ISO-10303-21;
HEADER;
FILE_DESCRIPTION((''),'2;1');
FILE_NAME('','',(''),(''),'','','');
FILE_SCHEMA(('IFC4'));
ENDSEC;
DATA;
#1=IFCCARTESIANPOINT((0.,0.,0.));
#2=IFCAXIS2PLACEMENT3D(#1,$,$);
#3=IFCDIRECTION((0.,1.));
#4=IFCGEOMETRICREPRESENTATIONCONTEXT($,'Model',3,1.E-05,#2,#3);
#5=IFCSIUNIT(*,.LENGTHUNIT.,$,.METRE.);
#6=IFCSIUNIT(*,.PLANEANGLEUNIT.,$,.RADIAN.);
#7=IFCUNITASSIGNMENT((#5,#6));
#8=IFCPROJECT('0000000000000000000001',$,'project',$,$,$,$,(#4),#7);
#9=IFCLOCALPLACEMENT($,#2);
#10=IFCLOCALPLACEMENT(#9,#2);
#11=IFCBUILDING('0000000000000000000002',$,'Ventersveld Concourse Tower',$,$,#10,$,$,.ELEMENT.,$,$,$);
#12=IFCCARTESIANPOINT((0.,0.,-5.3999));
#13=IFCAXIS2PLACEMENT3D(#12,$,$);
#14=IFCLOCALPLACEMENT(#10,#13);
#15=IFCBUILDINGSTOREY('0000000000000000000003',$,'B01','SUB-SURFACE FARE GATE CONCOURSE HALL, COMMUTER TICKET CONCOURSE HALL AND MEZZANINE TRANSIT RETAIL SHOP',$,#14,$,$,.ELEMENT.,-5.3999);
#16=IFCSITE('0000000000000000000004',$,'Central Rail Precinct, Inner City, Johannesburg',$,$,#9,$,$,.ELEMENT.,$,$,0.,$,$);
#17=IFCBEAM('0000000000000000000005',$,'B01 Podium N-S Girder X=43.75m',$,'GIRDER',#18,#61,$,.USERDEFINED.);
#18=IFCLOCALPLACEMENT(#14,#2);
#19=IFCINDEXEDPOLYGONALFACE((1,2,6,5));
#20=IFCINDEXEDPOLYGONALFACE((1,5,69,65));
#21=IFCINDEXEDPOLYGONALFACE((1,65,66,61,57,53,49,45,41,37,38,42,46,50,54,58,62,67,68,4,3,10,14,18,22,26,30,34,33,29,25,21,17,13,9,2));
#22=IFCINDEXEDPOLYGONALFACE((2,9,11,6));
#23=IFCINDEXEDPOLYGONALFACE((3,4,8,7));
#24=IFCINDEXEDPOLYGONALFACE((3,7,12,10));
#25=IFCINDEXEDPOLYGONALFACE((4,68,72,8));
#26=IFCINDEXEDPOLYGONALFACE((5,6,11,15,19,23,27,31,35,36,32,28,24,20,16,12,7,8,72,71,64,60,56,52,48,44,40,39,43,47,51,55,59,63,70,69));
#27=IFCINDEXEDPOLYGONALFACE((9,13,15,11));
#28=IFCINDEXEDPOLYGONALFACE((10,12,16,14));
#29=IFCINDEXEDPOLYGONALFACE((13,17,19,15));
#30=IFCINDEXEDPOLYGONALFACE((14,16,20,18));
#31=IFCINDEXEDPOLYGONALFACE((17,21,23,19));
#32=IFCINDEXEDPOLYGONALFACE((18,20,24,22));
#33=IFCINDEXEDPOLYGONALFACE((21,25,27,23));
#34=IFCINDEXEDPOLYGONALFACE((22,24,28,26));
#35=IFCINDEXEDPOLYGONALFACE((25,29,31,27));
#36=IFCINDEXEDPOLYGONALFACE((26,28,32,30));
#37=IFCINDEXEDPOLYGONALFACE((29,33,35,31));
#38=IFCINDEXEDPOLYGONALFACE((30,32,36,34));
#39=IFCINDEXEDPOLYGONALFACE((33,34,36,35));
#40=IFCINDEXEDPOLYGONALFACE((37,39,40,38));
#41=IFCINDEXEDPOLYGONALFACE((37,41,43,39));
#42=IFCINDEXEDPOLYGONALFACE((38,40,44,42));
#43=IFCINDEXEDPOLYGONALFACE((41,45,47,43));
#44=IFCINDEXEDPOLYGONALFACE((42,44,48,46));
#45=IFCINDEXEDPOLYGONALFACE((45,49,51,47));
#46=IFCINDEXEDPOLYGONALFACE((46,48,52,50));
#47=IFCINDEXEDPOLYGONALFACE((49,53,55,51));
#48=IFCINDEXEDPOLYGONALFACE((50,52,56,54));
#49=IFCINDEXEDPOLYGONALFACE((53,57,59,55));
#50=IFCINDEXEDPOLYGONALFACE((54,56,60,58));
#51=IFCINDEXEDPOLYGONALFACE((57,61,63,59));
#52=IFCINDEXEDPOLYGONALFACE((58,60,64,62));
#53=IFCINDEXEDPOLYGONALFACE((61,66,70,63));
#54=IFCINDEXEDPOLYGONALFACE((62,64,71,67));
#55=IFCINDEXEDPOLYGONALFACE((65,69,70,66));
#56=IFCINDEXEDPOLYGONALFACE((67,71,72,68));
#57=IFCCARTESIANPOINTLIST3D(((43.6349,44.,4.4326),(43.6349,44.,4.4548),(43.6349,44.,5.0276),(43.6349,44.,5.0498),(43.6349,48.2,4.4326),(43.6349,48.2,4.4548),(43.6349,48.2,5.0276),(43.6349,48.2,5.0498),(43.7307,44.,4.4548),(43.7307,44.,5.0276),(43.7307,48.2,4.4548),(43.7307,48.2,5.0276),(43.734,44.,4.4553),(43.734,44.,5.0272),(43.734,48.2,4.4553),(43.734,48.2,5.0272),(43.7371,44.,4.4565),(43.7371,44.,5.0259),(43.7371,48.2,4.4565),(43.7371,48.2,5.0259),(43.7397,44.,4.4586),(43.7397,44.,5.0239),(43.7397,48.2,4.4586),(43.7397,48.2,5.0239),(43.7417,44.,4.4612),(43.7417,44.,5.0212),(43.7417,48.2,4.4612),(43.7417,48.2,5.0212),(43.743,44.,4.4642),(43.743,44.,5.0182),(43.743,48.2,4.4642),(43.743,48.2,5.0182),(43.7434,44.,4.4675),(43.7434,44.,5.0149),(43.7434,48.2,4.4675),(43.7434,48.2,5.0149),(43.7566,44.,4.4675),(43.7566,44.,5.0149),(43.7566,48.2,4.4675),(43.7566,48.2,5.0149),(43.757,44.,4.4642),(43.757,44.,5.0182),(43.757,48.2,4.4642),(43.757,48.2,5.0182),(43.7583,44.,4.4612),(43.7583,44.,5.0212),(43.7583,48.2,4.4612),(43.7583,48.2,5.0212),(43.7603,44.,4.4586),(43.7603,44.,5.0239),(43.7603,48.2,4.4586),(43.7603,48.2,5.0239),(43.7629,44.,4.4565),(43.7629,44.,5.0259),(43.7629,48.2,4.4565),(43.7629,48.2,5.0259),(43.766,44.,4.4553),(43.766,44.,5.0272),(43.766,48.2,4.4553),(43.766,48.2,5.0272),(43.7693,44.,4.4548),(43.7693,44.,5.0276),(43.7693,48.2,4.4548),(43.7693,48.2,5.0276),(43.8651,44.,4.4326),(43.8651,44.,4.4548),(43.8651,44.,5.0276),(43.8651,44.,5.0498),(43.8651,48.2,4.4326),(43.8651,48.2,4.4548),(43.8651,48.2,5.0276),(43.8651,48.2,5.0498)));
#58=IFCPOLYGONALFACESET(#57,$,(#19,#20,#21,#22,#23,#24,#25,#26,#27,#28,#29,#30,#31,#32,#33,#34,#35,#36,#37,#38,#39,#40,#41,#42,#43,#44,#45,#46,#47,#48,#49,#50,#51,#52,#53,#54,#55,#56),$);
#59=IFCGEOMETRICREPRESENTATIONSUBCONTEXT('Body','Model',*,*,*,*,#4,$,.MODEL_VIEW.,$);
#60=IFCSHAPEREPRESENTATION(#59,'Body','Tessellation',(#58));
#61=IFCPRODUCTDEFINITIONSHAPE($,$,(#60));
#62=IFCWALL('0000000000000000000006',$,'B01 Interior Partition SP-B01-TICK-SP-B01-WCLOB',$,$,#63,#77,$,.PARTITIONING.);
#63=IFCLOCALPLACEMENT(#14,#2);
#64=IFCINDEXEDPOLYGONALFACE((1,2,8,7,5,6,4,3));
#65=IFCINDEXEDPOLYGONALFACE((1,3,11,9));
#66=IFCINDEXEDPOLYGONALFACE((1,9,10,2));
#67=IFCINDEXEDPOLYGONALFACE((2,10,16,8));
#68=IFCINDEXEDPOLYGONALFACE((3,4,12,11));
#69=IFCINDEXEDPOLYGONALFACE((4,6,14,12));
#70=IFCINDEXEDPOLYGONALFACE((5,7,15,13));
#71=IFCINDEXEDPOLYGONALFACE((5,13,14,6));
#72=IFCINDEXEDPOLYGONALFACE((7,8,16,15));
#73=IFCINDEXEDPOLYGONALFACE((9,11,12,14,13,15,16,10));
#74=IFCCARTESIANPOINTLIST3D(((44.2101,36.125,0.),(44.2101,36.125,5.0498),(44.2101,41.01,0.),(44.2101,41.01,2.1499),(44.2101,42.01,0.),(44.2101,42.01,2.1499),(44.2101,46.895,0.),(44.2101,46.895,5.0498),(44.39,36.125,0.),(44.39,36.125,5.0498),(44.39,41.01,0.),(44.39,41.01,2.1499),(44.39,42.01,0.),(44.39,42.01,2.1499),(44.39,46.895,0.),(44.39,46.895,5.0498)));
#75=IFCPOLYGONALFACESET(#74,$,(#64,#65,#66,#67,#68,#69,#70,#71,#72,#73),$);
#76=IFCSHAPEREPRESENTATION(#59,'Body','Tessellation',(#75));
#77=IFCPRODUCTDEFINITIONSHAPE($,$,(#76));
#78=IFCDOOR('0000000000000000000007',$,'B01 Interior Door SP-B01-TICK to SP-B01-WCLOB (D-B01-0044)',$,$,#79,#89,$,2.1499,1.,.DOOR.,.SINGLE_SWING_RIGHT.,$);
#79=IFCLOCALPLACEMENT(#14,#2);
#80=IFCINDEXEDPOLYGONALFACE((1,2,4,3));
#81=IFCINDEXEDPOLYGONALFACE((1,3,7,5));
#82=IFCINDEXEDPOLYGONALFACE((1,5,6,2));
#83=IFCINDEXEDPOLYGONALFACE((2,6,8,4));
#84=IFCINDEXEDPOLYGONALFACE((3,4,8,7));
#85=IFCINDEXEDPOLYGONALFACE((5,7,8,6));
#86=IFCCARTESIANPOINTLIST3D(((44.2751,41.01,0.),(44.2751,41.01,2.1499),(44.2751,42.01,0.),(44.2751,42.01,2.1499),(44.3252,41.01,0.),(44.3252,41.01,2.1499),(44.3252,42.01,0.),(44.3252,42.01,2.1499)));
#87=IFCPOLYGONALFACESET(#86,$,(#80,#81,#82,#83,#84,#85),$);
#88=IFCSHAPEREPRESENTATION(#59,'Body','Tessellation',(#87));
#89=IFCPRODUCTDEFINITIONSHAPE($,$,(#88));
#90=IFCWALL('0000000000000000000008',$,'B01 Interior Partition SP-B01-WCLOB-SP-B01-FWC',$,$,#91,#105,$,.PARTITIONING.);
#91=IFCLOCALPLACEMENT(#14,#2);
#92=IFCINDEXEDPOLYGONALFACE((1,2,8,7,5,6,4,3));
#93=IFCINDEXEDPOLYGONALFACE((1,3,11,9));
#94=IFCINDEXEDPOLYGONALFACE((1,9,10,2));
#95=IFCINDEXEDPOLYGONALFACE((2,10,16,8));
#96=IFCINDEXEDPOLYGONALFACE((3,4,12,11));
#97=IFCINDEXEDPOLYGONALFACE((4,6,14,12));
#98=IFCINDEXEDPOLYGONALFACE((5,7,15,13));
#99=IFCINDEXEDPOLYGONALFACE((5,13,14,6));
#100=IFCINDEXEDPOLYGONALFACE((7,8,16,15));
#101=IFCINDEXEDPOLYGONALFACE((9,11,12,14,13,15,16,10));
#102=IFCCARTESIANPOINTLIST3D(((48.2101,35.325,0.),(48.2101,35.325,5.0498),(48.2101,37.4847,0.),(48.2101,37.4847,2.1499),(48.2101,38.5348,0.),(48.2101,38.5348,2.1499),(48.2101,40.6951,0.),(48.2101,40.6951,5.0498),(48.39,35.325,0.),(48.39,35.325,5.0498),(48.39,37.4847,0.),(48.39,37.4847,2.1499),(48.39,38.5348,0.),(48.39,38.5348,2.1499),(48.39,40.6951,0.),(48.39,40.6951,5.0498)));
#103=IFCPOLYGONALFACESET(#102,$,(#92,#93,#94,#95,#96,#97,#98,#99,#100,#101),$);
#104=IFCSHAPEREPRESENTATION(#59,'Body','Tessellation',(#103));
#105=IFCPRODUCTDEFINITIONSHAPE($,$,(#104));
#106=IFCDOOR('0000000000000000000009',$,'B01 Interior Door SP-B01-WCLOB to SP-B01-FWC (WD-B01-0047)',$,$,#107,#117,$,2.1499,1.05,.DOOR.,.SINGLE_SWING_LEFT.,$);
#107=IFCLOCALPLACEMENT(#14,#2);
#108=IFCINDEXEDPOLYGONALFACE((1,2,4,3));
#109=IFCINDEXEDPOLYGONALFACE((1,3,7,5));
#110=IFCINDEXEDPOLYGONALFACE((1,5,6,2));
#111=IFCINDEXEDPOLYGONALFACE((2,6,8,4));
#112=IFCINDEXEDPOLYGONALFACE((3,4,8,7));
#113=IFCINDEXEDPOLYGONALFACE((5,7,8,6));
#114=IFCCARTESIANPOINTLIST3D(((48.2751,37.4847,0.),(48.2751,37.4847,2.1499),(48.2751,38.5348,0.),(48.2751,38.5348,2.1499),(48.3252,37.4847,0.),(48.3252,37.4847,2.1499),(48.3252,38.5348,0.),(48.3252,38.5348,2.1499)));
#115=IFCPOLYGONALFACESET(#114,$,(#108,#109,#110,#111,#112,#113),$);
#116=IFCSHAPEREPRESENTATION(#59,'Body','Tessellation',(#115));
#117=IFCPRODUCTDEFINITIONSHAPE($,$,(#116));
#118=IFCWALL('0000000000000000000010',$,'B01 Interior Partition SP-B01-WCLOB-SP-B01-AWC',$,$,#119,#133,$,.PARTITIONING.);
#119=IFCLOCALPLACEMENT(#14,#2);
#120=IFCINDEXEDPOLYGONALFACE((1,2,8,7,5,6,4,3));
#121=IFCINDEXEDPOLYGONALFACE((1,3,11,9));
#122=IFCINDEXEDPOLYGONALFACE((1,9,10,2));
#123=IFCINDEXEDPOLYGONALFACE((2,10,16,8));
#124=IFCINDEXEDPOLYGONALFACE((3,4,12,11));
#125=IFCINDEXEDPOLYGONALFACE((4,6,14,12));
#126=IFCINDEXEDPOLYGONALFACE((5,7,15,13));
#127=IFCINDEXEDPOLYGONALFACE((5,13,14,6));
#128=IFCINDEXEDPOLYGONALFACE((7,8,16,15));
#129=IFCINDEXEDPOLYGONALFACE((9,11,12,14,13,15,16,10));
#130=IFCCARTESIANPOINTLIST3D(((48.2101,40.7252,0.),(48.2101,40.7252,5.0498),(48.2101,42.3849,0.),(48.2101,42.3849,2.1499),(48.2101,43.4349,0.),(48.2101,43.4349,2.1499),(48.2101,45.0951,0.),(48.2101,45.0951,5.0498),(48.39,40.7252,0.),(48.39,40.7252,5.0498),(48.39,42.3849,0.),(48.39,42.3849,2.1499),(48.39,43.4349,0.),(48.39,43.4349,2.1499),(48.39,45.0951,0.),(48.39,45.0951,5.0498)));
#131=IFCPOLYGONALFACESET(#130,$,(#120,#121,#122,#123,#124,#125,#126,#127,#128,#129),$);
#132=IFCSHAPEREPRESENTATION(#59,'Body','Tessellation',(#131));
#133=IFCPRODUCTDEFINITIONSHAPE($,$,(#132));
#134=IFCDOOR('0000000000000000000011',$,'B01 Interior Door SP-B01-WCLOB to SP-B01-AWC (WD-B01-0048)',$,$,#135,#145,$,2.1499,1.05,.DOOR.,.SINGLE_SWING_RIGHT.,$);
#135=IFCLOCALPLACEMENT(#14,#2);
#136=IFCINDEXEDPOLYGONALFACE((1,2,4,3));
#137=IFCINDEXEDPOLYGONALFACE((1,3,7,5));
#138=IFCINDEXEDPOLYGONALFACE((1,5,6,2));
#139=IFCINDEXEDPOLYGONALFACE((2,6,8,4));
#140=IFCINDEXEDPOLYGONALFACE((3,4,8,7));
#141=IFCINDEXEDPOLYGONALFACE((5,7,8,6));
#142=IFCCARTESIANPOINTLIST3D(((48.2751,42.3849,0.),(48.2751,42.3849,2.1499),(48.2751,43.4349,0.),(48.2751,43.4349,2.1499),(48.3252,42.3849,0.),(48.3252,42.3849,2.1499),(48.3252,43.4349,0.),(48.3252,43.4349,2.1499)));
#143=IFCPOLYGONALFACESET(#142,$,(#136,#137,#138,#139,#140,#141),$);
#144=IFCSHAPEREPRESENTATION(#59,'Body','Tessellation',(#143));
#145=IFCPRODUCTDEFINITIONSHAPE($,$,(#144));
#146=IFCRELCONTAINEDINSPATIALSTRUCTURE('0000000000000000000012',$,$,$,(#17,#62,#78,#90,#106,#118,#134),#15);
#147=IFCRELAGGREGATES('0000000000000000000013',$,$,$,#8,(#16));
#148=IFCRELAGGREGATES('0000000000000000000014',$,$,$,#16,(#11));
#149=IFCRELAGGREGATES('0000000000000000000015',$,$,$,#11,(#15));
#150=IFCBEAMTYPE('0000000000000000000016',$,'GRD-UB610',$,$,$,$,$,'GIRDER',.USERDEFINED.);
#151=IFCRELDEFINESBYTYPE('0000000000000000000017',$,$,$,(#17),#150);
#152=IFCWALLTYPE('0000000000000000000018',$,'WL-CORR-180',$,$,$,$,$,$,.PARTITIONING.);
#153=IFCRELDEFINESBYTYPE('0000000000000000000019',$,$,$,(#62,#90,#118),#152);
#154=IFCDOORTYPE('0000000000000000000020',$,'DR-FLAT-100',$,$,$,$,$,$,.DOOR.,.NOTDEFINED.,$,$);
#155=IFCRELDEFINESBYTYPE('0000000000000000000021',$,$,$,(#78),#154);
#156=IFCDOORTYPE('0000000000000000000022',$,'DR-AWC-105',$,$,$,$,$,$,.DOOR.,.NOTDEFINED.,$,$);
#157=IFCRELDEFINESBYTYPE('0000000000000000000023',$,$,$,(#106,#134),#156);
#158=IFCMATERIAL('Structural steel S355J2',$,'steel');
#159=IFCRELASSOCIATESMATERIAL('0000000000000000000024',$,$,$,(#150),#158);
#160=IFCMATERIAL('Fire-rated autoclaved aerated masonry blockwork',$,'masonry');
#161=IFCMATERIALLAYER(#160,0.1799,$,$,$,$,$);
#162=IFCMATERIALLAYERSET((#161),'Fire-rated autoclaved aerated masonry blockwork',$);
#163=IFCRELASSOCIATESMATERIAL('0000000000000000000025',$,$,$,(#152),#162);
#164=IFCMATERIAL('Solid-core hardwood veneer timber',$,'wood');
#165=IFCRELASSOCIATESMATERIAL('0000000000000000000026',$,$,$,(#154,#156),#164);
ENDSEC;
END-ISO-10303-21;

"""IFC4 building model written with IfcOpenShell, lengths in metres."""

from ifc_helpers import new_model, si_unit, direction, frame, frame_2d, origin, origin_2d, place, context, subcontext, project, spatial, rectangle, i_section, extrude, material, layer, layer_set, material_profile, profile_set, type_object, element, fill, save


model = new_model("IFC4")

# Units and contexts
model_context = context("Model", 3, precision=1e-05, world=origin(), true_north=direction((0.0, 1.0)))
body_context = subcontext(model_context, "Body", "Model", "MODEL_VIEW")
ifc_project = project(units=[si_unit("LENGTHUNIT", "METRE"), si_unit("PLANEANGLEUNIT", "RADIAN")], contexts=[model_context])

# Site, building, storey
site_placement = place(None, origin())
site = spatial("IfcSite", under=ifc_project, at=site_placement, Name="Central Rail Precinct, Inner City, Johannesburg", CompositionType="ELEMENT", RefElevation=0.0)
building_placement = place(site_placement, origin())
building = spatial("IfcBuilding", under=site, at=building_placement, Name="Ventersveld Concourse Tower", CompositionType="ELEMENT")
storey_placement = place(building_placement, frame((0.0, 0.0, -5.3999)))
storey = spatial("IfcBuildingStorey", under=building, at=storey_placement, Name="B01", Description="SUB-SURFACE FARE GATE CONCOURSE HALL, COMMUTER TICKET CONCOURSE HALL AND MEZZANINE TRANSIT RETAIL SHOP", CompositionType="ELEMENT", Elevation=-5.3999)

# Beam
ifc_material_1 = material(Name="Structural steel S355J2", Category="steel")
ifc_material_profile_1 = material_profile(ifc_material_1, i_section(OverallWidth=0.2302, OverallDepth=0.6172, WebThickness=0.0132, FlangeThickness=0.0222, FilletRadius=0.0127, at=origin_2d()), Name="UB 610x229x140")
ifc_profile_set_1 = profile_set([ifc_material_profile_1], Name="Structural steel S355J2")
beam_type_1 = type_object("IfcBeamType", Name="GRD-UB610", ElementType="GIRDER", PredefinedType="USERDEFINED", material=ifc_profile_set_1)
beam_1_placement = place(storey_placement, frame((43.75, 44.0, 4.7412), z_axis=(0.0, 1.0, 0.0), x_axis=(-1.0, 0.0, 0.0)))
element("IfcBeam", 1, at=beam_1_placement, inside=storey, type_object=beam_type_1, Name="B01 Podium N-S Girder X=43.75m", ObjectType="GIRDER", PredefinedType="USERDEFINED", context=body_context, shape_type="SweptSolid", body=[
    extrude(i_section(OverallWidth=0.2302, OverallDepth=0.6172, WebThickness=0.0132, FlangeThickness=0.0222, FilletRadius=0.0127, at=origin_2d()), origin(), (0.0, 0.0, 1.0), 4.2),
])

# Walls, openings, doors
ifc_material_2 = material(Name="Fire-rated autoclaved aerated masonry blockwork", Category="masonry")
ifc_layer = layer(ifc_material_2, 0.1799)
ifc_layer_set = layer_set([ifc_layer], Name="Fire-rated autoclaved aerated masonry blockwork")
wall_type = type_object("IfcWallType", Name="WL-CORR-180", PredefinedType="PARTITIONING", material=ifc_layer_set)
wall_1_placement = place(storey_placement, frame((44.3, 36.125, 0.0), z_axis=(0.0, 0.0, 1.0), x_axis=(0.0, 1.0, 0.0)))
wall_1 = element("IfcWall", 2, at=wall_1_placement, inside=storey, type_object=wall_type, Name="B01 Interior Partition SP-B01-TICK-SP-B01-WCLOB", PredefinedType="PARTITIONING", context=body_context, shape_type="SweptSolid", body=[
    extrude(rectangle(XDim=10.77, YDim=0.1799, at=frame_2d((5.385, 0.0))), origin(), (0.0, 0.0, 1.0), 5.0498),
])
opening_1_placement = place(wall_1_placement, frame((4.885, 0.0, 0.0)))
opening_1 = element("IfcOpeningElement", 3, at=opening_1_placement, cuts=wall_1, PredefinedType="OPENING", context=body_context, shape_type="SweptSolid", body=[
    extrude(rectangle(XDim=1.0, YDim=2.1499, at=frame_2d((0.5, 1.075))), frame((0.0, 0.1001, 0.0), z_axis=(0.0, -1.0, 0.0), x_axis=(1.0, 0.0, 0.0)), (0.0, 0.0, 1.0), 0.2),
])
ifc_material_3 = material(Name="Solid-core hardwood veneer timber", Category="wood")
door_type_1 = type_object("IfcDoorType", Name="DR-FLAT-100", OperationType="NOTDEFINED", PredefinedType="DOOR", material=ifc_material_3)
door_1_placement = place(opening_1_placement, origin())
door_1 = element("IfcDoor", 4, at=door_1_placement, inside=storey, type_object=door_type_1, Name="B01 Interior Door SP-B01-TICK to SP-B01-WCLOB (D-B01-0044)", OperationType="SINGLE_SWING_RIGHT", OverallHeight=2.1499, OverallWidth=1.0, PredefinedType="DOOR", context=body_context, shape_type="SweptSolid", body=[
    extrude(rectangle(XDim=1.0, YDim=2.1499, at=frame_2d((0.5, 1.075))), frame((0.0, 0.0249, 0.0), z_axis=(0.0, -1.0, 0.0), x_axis=(1.0, 0.0, 0.0)), (0.0, 0.0, 1.0), 0.05),
])
fill(opening_1, door_1)
wall_2_placement = place(storey_placement, frame((48.3, 35.325, 0.0), z_axis=(0.0, 0.0, 1.0), x_axis=(0.0, 1.0, 0.0)))
wall_2 = element("IfcWall", 5, at=wall_2_placement, inside=storey, type_object=wall_type, Name="B01 Interior Partition SP-B01-WCLOB-SP-B01-FWC", PredefinedType="PARTITIONING", context=body_context, shape_type="SweptSolid", body=[
    extrude(rectangle(XDim=5.3701, YDim=0.1799, at=frame_2d((2.6851, 0.0))), origin(), (0.0, 0.0, 1.0), 5.0498),
])
opening_2_placement = place(wall_2_placement, frame((2.1599, 0.0, 0.0)))
opening_2 = element("IfcOpeningElement", 6, at=opening_2_placement, cuts=wall_2, PredefinedType="OPENING", context=body_context, shape_type="SweptSolid", body=[
    extrude(rectangle(XDim=1.05, YDim=2.1499, at=frame_2d((0.5249, 1.075))), frame((0.0, 0.1001, 0.0), z_axis=(0.0, -1.0, 0.0), x_axis=(1.0, 0.0, 0.0)), (0.0, 0.0, 1.0), 0.2),
])
door_type_2 = type_object("IfcDoorType", Name="DR-AWC-105", OperationType="NOTDEFINED", PredefinedType="DOOR", material=ifc_material_3)
door_2_placement = place(opening_2_placement, origin())
door_2 = element("IfcDoor", 7, at=door_2_placement, inside=storey, type_object=door_type_2, Name="B01 Interior Door SP-B01-WCLOB to SP-B01-FWC (WD-B01-0047)", OperationType="SINGLE_SWING_LEFT", OverallHeight=2.1499, OverallWidth=1.05, PredefinedType="DOOR", context=body_context, shape_type="SweptSolid", body=[
    extrude(rectangle(XDim=1.05, YDim=2.1499, at=frame_2d((0.5249, 1.075))), frame((0.0, 0.0249, 0.0), z_axis=(0.0, -1.0, 0.0), x_axis=(1.0, 0.0, 0.0)), (0.0, 0.0, 1.0), 0.05),
])
fill(opening_2, door_2)
wall_3_placement = place(storey_placement, frame((48.3, 40.7251, 0.0), z_axis=(0.0, 0.0, 1.0), x_axis=(0.0, 1.0, 0.0)))
wall_3 = element("IfcWall", 8, at=wall_3_placement, inside=storey, type_object=wall_type, Name="B01 Interior Partition SP-B01-WCLOB-SP-B01-AWC", PredefinedType="PARTITIONING", context=body_context, shape_type="SweptSolid", body=[
    extrude(rectangle(XDim=4.3699, YDim=0.1799, at=frame_2d((2.1851, 0.0))), origin(), (0.0, 0.0, 1.0), 5.0498),
])
opening_3_placement = place(wall_3_placement, frame((1.6599, 0.0, 0.0)))
opening_3 = element("IfcOpeningElement", 9, at=opening_3_placement, cuts=wall_3, PredefinedType="OPENING", context=body_context, shape_type="SweptSolid", body=[
    extrude(rectangle(XDim=1.05, YDim=2.1499, at=frame_2d((0.5249, 1.075))), frame((0.0, 0.1001, 0.0), z_axis=(0.0, -1.0, 0.0), x_axis=(1.0, 0.0, 0.0)), (0.0, 0.0, 1.0), 0.2),
])
door_3_placement = place(opening_3_placement, origin())
door_3 = element("IfcDoor", 10, at=door_3_placement, inside=storey, type_object=door_type_2, Name="B01 Interior Door SP-B01-WCLOB to SP-B01-AWC (WD-B01-0048)", OperationType="SINGLE_SWING_RIGHT", OverallHeight=2.1499, OverallWidth=1.05, PredefinedType="DOOR", context=body_context, shape_type="SweptSolid", body=[
    extrude(rectangle(XDim=1.05, YDim=2.1499, at=frame_2d((0.5249, 1.075))), frame((0.0, 0.0249, 0.0), z_axis=(0.0, -1.0, 0.0), x_axis=(1.0, 0.0, 0.0)), (0.0, 0.0, 1.0), 0.05),
])
fill(opening_3, door_3)

save(model, "model.ifc")
